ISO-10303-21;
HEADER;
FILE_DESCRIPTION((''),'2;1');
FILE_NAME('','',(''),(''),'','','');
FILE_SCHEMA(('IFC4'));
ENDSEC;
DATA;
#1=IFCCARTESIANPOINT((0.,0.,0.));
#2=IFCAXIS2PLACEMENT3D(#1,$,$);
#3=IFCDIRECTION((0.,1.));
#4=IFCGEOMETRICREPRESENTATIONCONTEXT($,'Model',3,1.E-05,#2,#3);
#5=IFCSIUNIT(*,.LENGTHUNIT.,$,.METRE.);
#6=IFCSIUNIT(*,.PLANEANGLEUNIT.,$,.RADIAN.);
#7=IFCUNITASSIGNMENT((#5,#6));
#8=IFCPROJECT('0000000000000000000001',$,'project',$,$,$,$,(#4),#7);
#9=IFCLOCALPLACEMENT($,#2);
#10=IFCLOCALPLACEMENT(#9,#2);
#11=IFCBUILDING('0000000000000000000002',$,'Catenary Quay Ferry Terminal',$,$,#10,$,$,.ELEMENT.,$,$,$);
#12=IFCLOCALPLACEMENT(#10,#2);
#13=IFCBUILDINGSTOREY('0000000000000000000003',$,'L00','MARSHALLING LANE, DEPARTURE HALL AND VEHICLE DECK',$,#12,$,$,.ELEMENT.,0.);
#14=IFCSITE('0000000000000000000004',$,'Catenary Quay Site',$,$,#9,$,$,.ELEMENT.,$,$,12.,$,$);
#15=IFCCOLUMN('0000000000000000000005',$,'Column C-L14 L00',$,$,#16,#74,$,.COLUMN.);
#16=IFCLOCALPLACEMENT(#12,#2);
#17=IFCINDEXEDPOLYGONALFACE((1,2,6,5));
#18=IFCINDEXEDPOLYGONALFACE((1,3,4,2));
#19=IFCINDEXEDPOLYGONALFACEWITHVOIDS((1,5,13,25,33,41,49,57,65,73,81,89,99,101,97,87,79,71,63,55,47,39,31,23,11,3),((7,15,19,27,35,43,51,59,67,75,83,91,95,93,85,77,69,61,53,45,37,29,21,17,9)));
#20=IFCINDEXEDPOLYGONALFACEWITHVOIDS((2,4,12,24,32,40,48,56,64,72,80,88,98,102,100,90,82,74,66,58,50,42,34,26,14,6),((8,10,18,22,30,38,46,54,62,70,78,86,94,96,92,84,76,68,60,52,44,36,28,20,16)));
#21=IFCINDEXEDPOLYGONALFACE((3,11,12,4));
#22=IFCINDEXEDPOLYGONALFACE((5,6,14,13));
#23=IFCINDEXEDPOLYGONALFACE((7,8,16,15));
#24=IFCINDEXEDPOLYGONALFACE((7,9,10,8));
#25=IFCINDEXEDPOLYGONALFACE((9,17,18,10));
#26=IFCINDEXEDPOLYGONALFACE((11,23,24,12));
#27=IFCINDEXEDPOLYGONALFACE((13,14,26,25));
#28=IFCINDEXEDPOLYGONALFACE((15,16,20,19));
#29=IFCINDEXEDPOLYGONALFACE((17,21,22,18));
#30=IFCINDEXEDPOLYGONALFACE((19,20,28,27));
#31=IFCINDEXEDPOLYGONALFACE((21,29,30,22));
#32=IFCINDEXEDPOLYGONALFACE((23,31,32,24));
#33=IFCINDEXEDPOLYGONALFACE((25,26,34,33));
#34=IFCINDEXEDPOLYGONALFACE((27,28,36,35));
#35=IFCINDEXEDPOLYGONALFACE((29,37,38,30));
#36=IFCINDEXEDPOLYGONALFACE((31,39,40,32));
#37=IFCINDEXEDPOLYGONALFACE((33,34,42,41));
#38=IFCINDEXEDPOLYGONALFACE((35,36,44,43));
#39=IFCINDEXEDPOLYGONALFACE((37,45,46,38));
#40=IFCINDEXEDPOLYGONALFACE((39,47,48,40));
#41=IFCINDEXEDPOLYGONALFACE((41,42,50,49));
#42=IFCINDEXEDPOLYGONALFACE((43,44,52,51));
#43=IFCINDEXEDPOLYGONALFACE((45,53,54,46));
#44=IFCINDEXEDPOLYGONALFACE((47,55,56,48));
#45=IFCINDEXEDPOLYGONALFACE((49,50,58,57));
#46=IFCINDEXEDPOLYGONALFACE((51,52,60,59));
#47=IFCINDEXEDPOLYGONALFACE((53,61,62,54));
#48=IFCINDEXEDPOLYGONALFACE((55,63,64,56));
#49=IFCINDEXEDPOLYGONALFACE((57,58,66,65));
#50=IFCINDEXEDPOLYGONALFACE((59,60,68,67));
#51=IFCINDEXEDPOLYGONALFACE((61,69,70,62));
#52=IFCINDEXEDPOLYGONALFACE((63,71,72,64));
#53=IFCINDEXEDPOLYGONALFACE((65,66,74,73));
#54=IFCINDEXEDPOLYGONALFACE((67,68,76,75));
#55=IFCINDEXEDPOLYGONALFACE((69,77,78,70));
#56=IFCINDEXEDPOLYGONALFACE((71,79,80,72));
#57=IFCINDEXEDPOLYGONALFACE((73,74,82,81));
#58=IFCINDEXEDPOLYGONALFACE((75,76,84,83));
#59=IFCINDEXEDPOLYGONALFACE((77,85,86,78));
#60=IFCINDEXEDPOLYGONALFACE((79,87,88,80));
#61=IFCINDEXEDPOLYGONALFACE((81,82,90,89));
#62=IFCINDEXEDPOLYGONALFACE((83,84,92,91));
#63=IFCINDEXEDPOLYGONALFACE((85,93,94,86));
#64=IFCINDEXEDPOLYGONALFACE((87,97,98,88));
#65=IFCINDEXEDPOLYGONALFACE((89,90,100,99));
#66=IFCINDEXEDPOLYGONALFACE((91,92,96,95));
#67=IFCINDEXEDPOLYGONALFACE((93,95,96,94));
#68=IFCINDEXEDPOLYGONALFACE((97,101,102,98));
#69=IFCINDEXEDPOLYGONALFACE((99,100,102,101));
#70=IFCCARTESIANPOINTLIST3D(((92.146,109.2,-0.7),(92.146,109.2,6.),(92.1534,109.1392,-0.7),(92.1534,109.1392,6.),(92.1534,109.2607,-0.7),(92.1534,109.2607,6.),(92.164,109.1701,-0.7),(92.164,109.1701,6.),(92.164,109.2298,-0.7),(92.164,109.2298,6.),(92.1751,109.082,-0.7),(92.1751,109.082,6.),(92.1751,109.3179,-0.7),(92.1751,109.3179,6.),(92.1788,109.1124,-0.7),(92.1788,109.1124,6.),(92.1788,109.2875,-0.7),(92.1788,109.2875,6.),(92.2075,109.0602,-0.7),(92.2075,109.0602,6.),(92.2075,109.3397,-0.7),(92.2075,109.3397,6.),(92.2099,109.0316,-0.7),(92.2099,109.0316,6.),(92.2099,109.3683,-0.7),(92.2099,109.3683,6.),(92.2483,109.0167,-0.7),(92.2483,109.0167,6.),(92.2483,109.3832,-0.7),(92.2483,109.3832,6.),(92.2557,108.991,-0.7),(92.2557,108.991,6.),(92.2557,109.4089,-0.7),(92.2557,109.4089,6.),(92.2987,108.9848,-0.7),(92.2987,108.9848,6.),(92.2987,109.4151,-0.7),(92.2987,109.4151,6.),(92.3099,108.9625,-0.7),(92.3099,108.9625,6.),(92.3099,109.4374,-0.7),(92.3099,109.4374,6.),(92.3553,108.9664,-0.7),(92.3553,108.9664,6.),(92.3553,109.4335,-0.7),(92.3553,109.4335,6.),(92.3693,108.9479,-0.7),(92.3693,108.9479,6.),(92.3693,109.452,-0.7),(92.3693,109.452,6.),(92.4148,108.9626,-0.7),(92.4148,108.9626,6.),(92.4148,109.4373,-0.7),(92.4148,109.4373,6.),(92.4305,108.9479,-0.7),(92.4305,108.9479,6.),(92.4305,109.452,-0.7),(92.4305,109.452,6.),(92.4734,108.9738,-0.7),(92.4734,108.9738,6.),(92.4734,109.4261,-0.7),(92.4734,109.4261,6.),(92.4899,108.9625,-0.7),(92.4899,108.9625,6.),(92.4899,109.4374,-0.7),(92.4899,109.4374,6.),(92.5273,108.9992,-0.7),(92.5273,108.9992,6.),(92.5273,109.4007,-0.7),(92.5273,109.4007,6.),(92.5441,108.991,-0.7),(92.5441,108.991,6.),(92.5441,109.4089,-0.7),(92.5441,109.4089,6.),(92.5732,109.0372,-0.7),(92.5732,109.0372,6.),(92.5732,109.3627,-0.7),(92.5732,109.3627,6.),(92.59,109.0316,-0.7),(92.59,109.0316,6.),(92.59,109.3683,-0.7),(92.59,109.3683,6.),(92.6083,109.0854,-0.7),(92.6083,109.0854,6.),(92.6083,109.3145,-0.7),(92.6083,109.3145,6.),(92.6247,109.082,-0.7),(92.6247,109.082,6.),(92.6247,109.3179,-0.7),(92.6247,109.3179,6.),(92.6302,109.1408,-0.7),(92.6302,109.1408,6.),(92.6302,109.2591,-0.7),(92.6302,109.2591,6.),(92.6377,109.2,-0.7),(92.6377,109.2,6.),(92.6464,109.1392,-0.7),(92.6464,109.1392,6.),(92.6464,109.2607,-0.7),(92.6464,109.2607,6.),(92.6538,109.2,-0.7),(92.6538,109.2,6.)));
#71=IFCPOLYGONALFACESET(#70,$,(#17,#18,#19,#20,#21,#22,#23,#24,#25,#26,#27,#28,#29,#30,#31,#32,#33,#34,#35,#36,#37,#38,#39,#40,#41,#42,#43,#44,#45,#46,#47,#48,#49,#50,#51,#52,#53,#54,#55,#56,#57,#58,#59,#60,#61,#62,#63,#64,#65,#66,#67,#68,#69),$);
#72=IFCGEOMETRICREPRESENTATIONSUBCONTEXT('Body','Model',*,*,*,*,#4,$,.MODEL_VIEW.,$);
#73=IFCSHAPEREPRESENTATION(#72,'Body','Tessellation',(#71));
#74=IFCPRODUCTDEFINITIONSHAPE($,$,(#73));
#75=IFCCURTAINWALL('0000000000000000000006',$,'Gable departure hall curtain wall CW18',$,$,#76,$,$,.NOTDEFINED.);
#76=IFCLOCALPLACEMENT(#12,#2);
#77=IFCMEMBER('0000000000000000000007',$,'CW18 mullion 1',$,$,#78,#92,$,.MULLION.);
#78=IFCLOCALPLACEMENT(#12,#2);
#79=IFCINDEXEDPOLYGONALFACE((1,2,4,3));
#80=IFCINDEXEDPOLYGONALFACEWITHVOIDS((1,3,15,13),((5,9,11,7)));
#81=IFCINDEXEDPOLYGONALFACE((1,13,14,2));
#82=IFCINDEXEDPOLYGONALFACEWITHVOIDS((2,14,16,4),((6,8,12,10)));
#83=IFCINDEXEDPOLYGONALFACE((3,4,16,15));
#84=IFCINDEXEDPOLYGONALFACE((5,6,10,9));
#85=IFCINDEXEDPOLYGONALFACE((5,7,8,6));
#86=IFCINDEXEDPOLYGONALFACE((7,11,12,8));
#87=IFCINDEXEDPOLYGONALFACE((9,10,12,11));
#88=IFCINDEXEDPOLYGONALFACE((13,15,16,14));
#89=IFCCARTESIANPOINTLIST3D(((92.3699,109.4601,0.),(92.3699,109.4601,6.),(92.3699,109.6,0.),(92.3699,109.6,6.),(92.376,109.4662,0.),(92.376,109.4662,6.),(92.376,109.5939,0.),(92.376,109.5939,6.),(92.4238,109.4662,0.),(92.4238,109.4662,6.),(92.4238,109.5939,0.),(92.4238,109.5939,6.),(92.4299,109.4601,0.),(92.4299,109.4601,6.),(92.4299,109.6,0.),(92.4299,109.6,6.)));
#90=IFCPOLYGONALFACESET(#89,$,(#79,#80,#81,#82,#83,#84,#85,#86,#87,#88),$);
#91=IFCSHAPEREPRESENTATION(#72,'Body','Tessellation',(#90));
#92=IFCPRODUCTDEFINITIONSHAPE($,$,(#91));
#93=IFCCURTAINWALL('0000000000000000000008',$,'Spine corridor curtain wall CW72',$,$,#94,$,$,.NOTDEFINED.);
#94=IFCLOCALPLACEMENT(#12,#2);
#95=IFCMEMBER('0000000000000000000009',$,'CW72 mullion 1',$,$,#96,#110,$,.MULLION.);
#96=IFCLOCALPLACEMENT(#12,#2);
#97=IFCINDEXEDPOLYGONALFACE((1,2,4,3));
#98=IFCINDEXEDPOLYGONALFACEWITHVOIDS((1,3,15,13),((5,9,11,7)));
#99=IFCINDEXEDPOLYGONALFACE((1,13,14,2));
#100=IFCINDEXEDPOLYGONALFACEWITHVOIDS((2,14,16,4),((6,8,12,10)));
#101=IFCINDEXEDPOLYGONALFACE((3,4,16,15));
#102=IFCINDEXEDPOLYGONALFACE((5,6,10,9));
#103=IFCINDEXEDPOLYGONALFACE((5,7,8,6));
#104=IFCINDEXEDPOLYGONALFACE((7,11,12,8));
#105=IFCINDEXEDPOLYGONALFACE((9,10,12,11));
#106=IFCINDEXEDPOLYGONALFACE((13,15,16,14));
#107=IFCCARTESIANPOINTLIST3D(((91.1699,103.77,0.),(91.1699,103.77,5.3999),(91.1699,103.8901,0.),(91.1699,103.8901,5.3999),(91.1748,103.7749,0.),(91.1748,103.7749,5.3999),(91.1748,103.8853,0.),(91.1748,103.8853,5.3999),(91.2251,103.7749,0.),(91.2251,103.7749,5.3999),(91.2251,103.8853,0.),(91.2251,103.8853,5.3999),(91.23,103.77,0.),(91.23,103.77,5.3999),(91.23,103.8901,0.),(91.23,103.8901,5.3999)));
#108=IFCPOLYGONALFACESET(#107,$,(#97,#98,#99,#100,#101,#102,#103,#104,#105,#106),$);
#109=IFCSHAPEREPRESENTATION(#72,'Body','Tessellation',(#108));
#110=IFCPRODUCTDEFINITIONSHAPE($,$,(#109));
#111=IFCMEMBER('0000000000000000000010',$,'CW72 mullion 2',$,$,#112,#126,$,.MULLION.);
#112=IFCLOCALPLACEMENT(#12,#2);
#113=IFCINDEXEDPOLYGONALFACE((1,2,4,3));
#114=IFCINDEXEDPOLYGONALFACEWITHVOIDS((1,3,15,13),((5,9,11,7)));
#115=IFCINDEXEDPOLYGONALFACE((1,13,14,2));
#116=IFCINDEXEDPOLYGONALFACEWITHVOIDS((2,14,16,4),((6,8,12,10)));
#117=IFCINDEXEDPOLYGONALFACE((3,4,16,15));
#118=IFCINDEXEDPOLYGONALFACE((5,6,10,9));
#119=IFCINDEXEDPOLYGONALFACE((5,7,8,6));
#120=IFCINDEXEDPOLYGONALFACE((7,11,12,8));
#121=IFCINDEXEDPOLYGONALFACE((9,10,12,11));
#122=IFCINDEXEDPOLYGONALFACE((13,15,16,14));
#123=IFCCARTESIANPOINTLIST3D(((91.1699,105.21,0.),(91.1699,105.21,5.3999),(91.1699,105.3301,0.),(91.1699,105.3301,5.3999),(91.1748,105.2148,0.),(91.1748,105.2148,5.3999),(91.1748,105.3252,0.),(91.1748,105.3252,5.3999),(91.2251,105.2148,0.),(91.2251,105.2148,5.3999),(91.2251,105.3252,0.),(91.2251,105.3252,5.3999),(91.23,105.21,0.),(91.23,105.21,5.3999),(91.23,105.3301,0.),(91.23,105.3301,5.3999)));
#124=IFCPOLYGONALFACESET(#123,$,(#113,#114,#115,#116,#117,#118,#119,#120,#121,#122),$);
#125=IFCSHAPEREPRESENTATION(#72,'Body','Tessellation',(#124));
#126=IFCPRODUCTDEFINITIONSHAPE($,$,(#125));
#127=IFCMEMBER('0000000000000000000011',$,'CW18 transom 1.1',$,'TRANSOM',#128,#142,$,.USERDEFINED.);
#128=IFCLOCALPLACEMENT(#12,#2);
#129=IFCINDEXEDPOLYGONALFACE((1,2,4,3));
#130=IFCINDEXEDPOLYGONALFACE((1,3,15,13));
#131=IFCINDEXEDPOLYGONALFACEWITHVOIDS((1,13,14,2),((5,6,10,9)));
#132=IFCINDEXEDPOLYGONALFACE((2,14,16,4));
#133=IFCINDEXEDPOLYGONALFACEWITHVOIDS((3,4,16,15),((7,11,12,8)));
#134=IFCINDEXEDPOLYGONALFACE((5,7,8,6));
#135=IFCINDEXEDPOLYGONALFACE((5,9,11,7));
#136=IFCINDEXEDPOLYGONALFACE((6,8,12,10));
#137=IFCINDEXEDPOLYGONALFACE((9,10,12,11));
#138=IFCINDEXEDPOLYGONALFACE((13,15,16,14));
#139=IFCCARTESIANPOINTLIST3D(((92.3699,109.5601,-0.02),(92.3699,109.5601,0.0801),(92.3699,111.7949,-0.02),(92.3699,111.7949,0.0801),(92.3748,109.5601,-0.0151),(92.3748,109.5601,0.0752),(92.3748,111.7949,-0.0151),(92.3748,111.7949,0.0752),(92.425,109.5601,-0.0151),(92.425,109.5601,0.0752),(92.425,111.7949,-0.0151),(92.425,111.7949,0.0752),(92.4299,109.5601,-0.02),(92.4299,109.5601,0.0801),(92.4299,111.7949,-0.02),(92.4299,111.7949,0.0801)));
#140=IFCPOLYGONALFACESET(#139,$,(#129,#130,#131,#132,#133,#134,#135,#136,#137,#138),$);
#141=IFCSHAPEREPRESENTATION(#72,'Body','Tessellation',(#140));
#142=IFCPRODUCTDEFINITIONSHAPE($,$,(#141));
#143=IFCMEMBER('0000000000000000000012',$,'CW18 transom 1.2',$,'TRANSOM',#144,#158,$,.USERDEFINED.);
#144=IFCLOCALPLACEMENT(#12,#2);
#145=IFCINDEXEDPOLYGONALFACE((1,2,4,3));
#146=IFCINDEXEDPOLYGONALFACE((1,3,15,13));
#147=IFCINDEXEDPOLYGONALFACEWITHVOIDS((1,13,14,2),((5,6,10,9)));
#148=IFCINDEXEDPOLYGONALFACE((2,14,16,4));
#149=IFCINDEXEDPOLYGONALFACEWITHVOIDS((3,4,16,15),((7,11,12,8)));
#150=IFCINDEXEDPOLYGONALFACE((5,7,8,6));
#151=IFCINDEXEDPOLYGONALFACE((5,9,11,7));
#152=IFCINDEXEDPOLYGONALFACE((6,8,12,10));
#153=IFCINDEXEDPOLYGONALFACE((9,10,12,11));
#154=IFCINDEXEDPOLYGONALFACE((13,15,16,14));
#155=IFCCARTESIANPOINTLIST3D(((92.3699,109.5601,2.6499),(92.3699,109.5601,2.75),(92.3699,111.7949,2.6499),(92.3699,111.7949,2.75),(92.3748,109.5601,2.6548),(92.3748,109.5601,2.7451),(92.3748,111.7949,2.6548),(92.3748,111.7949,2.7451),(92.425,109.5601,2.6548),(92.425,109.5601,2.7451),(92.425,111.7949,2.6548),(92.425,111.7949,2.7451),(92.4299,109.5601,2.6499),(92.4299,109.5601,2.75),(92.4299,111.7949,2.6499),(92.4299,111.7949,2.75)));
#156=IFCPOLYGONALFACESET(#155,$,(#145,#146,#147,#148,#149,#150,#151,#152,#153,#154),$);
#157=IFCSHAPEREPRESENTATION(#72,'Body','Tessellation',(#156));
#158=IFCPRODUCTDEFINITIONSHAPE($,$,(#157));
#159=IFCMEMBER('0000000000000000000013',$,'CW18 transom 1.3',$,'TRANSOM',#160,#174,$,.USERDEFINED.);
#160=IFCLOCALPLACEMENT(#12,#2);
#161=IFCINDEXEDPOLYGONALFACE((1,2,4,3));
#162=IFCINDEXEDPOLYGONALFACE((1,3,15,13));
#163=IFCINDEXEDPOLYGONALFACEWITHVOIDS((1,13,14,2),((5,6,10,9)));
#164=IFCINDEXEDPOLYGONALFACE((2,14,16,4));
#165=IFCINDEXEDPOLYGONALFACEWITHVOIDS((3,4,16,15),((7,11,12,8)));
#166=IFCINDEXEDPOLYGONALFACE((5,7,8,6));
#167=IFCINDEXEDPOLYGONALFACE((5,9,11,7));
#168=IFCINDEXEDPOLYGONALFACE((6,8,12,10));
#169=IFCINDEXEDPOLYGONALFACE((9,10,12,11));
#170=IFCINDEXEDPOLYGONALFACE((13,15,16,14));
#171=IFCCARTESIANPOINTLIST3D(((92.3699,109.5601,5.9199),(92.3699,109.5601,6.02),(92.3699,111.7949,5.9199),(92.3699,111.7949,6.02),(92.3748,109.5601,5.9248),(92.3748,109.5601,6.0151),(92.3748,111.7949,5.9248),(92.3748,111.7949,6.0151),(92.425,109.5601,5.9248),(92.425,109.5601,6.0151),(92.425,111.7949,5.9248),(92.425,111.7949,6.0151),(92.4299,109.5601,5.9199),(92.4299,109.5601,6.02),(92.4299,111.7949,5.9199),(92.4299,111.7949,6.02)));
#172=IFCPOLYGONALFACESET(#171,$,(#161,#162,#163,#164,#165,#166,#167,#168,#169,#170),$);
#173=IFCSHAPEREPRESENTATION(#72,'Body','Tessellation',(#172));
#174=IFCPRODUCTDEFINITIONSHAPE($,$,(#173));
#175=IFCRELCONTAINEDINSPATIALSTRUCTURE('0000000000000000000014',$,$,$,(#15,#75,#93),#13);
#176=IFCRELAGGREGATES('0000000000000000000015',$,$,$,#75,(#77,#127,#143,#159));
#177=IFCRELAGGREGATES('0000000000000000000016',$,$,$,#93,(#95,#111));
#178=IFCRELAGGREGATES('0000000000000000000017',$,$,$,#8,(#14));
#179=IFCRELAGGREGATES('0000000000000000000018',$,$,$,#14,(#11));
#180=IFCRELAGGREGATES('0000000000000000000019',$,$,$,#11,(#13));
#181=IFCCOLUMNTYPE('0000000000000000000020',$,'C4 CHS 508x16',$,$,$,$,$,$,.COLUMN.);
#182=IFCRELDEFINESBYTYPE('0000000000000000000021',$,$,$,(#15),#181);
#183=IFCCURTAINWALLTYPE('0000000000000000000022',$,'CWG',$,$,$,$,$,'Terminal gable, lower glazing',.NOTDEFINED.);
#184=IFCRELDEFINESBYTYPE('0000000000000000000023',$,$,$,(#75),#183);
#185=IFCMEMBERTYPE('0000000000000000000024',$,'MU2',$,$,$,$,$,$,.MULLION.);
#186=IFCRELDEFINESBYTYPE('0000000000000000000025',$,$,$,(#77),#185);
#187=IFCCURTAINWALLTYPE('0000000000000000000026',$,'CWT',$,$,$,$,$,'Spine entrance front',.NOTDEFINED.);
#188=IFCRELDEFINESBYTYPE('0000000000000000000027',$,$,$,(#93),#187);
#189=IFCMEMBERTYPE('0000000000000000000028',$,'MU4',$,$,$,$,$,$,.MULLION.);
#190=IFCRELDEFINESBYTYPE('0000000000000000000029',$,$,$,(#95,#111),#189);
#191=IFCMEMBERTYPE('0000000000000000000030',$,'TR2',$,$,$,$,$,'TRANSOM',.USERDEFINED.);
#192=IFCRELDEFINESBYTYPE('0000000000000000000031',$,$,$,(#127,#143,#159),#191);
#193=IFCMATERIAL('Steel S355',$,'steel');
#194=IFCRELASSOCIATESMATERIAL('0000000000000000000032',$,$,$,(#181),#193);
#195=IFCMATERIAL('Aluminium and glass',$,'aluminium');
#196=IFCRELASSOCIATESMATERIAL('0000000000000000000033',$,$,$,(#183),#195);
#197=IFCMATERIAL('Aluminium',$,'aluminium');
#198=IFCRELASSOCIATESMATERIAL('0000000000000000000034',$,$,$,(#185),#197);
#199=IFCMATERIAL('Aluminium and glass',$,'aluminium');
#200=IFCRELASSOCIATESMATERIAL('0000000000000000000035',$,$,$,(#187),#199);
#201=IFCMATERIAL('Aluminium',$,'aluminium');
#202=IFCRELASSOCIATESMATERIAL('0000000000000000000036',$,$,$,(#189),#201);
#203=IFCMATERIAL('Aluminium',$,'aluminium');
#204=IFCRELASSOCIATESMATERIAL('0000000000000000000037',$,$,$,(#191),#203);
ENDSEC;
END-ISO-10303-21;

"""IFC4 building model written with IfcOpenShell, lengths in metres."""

from ifc_helpers import new_model, si_unit, direction, frame, origin, origin_2d, place, context, subcontext, project, spatial, hollow_rectangle, hollow_circle, extrude, material, material_profile, profile_set, type_object, element, aggregate, save


model = new_model("IFC4")

# Units and contexts
model_context = context("Model", 3, precision=1e-05, world=origin(), true_north=direction((0.0, 1.0)))
body_context = subcontext(model_context, "Body", "Model", "MODEL_VIEW")
ifc_project = project(units=[si_unit("LENGTHUNIT", "METRE"), si_unit("PLANEANGLEUNIT", "RADIAN")], contexts=[model_context])

# Site, building, storey
site_placement = place(None, origin())
site = spatial("IfcSite", under=ifc_project, at=site_placement, Name="Catenary Quay Site", CompositionType="ELEMENT", RefElevation=12.0)
building_placement = place(site_placement, origin())
building = spatial("IfcBuilding", under=site, at=building_placement, Name="Catenary Quay Ferry Terminal", CompositionType="ELEMENT")
storey_placement = place(building_placement, origin())
storey = spatial("IfcBuildingStorey", under=building, at=storey_placement, Name="L00", Description="MARSHALLING LANE, DEPARTURE HALL AND VEHICLE DECK", CompositionType="ELEMENT", Elevation=0.0)

# Column
ifc_material_1 = material(Name="Steel S355", Category="steel")
ifc_material_profile_1 = material_profile(ifc_material_1, hollow_circle(Radius=0.2539, WallThickness=0.0161, at=origin_2d()), Name="CHS 508x16")
ifc_profile_set_1 = profile_set([ifc_material_profile_1], Name="Steel S355")
column_type = type_object("IfcColumnType", Name="C4 CHS 508x16", PredefinedType="COLUMN", material=ifc_profile_set_1)
for number, where, z_axis, x_axis, name in (
    (1, (92.3999, 109.2, -0.7), (0.0, 0.0, 1.0), (1.0, 0.0, 0.0), "Column C-L14 L00"),
):
    element("IfcColumn", number, at=place(storey_placement, frame(where, z_axis=z_axis, x_axis=x_axis)), inside=storey, type_object=column_type, Name=name, PredefinedType="COLUMN", context=body_context, shape_type="SweptSolid", body=[
        extrude(hollow_circle(Radius=0.2539, WallThickness=0.0161, at=origin_2d()), origin(), (0.0, 0.0, 1.0), 6.7),
    ])

# Curtain wall, member
ifc_material_2 = material(Name="Aluminium and glass", Category="aluminium")
curtain_wall_type_1 = type_object("IfcCurtainWallType", Name="CWG", ElementType="Terminal gable, lower glazing", PredefinedType="NOTDEFINED", material=ifc_material_2)
curtain_wall_1_placement = place(storey_placement, origin())
curtain_wall_1 = element("IfcCurtainWall", 2, at=curtain_wall_1_placement, inside=storey, type_object=curtain_wall_type_1, Name="Gable departure hall curtain wall CW18", PredefinedType="NOTDEFINED")
ifc_material_3 = material(Name="Aluminium", Category="aluminium")
ifc_material_profile_2 = material_profile(ifc_material_3, hollow_rectangle(XDim=0.0601, YDim=0.1399, WallThickness=0.0061, at=origin_2d()), Name="MU2")
ifc_profile_set_2 = profile_set([ifc_material_profile_2], Name="Aluminium")
member_type_1 = type_object("IfcMemberType", Name="MU2", PredefinedType="MULLION", material=ifc_profile_set_2)
member_1_placement = place(storey_placement, frame((92.3999, 109.53, 0.0), z_axis=(0.0, 0.0, 1.0), x_axis=(-1.0, 0.0, 0.0)))
member_1 = element("IfcMember", 3, at=member_1_placement, type_object=member_type_1, Name="CW18 mullion 1", PredefinedType="MULLION", context=body_context, shape_type="SweptSolid", body=[
    extrude(hollow_rectangle(XDim=0.0601, YDim=0.1399, WallThickness=0.0061, at=origin_2d()), origin(), (0.0, 0.0, 1.0), 6.0),
])

# Curtain wall, members
ifc_material_4 = material(Name="Aluminium and glass", Category="aluminium")
curtain_wall_type_2 = type_object("IfcCurtainWallType", Name="CWT", ElementType="Spine entrance front", PredefinedType="NOTDEFINED", material=ifc_material_4)
curtain_wall_2_placement = place(storey_placement, origin())
curtain_wall_2 = element("IfcCurtainWall", 4, at=curtain_wall_2_placement, inside=storey, type_object=curtain_wall_type_2, Name="Spine corridor curtain wall CW72", PredefinedType="NOTDEFINED")
ifc_material_5 = material(Name="Aluminium", Category="aluminium")
ifc_material_profile_3 = material_profile(ifc_material_5, hollow_rectangle(XDim=0.0601, YDim=0.1201, WallThickness=0.0049, at=origin_2d()), Name="MU4")
ifc_profile_set_3 = profile_set([ifc_material_profile_3], Name="Aluminium")
member_type_2 = type_object("IfcMemberType", Name="MU4", PredefinedType="MULLION", material=ifc_profile_set_3)
member_2_placement = place(storey_placement, frame((91.2, 103.8301, 0.0), z_axis=(0.0, 0.0, 1.0), x_axis=(-1.0, 0.0, 0.0)))
member_2 = element("IfcMember", 5, at=member_2_placement, type_object=member_type_2, Name="CW72 mullion 1", PredefinedType="MULLION", context=body_context, shape_type="SweptSolid", body=[
    extrude(hollow_rectangle(XDim=0.0601, YDim=0.1201, WallThickness=0.0049, at=origin_2d()), origin(), (0.0, 0.0, 1.0), 5.3999),
])
member_3_placement = place(storey_placement, frame((91.2, 105.27, 0.0), z_axis=(0.0, 0.0, 1.0), x_axis=(-1.0, 0.0, 0.0)))
member_3 = element("IfcMember", 6, at=member_3_placement, type_object=member_type_2, Name="CW72 mullion 2", PredefinedType="MULLION", context=body_context, shape_type="SweptSolid", body=[
    extrude(hollow_rectangle(XDim=0.0601, YDim=0.1201, WallThickness=0.0049, at=origin_2d()), origin(), (0.0, 0.0, 1.0), 5.3999),
])

# Members
ifc_material_6 = material(Name="Aluminium", Category="aluminium")
ifc_material_profile_4 = material_profile(ifc_material_6, hollow_rectangle(XDim=0.0601, YDim=0.1001, WallThickness=0.0049, at=origin_2d()), Name="TR2")
ifc_profile_set_4 = profile_set([ifc_material_profile_4], Name="Aluminium")
member_type_3 = type_object("IfcMemberType", Name="TR2", ElementType="TRANSOM", PredefinedType="USERDEFINED", material=ifc_profile_set_4)
member_4_placement = place(storey_placement, frame((92.3999, 109.5601, 0.03), z_axis=(0.0, 1.0, 0.0), x_axis=(-1.0, 0.0, 0.0)))
member_4 = element("IfcMember", 7, at=member_4_placement, type_object=member_type_3, Name="CW18 transom 1.1", ObjectType="TRANSOM", PredefinedType="USERDEFINED", context=body_context, shape_type="SweptSolid", body=[
    extrude(hollow_rectangle(XDim=0.0601, YDim=0.1001, WallThickness=0.0049, at=origin_2d()), origin(), (0.0, 0.0, 1.0), 2.2349),
])
member_5_placement = place(storey_placement, frame((92.3999, 109.5601, 2.7), z_axis=(0.0, 1.0, 0.0), x_axis=(-1.0, 0.0, 0.0)))
member_5 = element("IfcMember", 8, at=member_5_placement, type_object=member_type_3, Name="CW18 transom 1.2", ObjectType="TRANSOM", PredefinedType="USERDEFINED", context=body_context, shape_type="SweptSolid", body=[
    extrude(hollow_rectangle(XDim=0.0601, YDim=0.1001, WallThickness=0.0049, at=origin_2d()), origin(), (0.0, 0.0, 1.0), 2.2349),
])
member_6_placement = place(storey_placement, frame((92.3999, 109.5601, 5.97), z_axis=(0.0, 1.0, 0.0), x_axis=(-1.0, 0.0, 0.0)))
member_6 = element("IfcMember", 9, at=member_6_placement, type_object=member_type_3, Name="CW18 transom 1.3", ObjectType="TRANSOM", PredefinedType="USERDEFINED", context=body_context, shape_type="SweptSolid", body=[
    extrude(hollow_rectangle(XDim=0.0601, YDim=0.1001, WallThickness=0.0049, at=origin_2d()), origin(), (0.0, 0.0, 1.0), 2.2349),
])

aggregate(curtain_wall_1, [member_1, member_4, member_5, member_6])
aggregate(curtain_wall_2, [member_2, member_3])

save(model, "model.ifc")
